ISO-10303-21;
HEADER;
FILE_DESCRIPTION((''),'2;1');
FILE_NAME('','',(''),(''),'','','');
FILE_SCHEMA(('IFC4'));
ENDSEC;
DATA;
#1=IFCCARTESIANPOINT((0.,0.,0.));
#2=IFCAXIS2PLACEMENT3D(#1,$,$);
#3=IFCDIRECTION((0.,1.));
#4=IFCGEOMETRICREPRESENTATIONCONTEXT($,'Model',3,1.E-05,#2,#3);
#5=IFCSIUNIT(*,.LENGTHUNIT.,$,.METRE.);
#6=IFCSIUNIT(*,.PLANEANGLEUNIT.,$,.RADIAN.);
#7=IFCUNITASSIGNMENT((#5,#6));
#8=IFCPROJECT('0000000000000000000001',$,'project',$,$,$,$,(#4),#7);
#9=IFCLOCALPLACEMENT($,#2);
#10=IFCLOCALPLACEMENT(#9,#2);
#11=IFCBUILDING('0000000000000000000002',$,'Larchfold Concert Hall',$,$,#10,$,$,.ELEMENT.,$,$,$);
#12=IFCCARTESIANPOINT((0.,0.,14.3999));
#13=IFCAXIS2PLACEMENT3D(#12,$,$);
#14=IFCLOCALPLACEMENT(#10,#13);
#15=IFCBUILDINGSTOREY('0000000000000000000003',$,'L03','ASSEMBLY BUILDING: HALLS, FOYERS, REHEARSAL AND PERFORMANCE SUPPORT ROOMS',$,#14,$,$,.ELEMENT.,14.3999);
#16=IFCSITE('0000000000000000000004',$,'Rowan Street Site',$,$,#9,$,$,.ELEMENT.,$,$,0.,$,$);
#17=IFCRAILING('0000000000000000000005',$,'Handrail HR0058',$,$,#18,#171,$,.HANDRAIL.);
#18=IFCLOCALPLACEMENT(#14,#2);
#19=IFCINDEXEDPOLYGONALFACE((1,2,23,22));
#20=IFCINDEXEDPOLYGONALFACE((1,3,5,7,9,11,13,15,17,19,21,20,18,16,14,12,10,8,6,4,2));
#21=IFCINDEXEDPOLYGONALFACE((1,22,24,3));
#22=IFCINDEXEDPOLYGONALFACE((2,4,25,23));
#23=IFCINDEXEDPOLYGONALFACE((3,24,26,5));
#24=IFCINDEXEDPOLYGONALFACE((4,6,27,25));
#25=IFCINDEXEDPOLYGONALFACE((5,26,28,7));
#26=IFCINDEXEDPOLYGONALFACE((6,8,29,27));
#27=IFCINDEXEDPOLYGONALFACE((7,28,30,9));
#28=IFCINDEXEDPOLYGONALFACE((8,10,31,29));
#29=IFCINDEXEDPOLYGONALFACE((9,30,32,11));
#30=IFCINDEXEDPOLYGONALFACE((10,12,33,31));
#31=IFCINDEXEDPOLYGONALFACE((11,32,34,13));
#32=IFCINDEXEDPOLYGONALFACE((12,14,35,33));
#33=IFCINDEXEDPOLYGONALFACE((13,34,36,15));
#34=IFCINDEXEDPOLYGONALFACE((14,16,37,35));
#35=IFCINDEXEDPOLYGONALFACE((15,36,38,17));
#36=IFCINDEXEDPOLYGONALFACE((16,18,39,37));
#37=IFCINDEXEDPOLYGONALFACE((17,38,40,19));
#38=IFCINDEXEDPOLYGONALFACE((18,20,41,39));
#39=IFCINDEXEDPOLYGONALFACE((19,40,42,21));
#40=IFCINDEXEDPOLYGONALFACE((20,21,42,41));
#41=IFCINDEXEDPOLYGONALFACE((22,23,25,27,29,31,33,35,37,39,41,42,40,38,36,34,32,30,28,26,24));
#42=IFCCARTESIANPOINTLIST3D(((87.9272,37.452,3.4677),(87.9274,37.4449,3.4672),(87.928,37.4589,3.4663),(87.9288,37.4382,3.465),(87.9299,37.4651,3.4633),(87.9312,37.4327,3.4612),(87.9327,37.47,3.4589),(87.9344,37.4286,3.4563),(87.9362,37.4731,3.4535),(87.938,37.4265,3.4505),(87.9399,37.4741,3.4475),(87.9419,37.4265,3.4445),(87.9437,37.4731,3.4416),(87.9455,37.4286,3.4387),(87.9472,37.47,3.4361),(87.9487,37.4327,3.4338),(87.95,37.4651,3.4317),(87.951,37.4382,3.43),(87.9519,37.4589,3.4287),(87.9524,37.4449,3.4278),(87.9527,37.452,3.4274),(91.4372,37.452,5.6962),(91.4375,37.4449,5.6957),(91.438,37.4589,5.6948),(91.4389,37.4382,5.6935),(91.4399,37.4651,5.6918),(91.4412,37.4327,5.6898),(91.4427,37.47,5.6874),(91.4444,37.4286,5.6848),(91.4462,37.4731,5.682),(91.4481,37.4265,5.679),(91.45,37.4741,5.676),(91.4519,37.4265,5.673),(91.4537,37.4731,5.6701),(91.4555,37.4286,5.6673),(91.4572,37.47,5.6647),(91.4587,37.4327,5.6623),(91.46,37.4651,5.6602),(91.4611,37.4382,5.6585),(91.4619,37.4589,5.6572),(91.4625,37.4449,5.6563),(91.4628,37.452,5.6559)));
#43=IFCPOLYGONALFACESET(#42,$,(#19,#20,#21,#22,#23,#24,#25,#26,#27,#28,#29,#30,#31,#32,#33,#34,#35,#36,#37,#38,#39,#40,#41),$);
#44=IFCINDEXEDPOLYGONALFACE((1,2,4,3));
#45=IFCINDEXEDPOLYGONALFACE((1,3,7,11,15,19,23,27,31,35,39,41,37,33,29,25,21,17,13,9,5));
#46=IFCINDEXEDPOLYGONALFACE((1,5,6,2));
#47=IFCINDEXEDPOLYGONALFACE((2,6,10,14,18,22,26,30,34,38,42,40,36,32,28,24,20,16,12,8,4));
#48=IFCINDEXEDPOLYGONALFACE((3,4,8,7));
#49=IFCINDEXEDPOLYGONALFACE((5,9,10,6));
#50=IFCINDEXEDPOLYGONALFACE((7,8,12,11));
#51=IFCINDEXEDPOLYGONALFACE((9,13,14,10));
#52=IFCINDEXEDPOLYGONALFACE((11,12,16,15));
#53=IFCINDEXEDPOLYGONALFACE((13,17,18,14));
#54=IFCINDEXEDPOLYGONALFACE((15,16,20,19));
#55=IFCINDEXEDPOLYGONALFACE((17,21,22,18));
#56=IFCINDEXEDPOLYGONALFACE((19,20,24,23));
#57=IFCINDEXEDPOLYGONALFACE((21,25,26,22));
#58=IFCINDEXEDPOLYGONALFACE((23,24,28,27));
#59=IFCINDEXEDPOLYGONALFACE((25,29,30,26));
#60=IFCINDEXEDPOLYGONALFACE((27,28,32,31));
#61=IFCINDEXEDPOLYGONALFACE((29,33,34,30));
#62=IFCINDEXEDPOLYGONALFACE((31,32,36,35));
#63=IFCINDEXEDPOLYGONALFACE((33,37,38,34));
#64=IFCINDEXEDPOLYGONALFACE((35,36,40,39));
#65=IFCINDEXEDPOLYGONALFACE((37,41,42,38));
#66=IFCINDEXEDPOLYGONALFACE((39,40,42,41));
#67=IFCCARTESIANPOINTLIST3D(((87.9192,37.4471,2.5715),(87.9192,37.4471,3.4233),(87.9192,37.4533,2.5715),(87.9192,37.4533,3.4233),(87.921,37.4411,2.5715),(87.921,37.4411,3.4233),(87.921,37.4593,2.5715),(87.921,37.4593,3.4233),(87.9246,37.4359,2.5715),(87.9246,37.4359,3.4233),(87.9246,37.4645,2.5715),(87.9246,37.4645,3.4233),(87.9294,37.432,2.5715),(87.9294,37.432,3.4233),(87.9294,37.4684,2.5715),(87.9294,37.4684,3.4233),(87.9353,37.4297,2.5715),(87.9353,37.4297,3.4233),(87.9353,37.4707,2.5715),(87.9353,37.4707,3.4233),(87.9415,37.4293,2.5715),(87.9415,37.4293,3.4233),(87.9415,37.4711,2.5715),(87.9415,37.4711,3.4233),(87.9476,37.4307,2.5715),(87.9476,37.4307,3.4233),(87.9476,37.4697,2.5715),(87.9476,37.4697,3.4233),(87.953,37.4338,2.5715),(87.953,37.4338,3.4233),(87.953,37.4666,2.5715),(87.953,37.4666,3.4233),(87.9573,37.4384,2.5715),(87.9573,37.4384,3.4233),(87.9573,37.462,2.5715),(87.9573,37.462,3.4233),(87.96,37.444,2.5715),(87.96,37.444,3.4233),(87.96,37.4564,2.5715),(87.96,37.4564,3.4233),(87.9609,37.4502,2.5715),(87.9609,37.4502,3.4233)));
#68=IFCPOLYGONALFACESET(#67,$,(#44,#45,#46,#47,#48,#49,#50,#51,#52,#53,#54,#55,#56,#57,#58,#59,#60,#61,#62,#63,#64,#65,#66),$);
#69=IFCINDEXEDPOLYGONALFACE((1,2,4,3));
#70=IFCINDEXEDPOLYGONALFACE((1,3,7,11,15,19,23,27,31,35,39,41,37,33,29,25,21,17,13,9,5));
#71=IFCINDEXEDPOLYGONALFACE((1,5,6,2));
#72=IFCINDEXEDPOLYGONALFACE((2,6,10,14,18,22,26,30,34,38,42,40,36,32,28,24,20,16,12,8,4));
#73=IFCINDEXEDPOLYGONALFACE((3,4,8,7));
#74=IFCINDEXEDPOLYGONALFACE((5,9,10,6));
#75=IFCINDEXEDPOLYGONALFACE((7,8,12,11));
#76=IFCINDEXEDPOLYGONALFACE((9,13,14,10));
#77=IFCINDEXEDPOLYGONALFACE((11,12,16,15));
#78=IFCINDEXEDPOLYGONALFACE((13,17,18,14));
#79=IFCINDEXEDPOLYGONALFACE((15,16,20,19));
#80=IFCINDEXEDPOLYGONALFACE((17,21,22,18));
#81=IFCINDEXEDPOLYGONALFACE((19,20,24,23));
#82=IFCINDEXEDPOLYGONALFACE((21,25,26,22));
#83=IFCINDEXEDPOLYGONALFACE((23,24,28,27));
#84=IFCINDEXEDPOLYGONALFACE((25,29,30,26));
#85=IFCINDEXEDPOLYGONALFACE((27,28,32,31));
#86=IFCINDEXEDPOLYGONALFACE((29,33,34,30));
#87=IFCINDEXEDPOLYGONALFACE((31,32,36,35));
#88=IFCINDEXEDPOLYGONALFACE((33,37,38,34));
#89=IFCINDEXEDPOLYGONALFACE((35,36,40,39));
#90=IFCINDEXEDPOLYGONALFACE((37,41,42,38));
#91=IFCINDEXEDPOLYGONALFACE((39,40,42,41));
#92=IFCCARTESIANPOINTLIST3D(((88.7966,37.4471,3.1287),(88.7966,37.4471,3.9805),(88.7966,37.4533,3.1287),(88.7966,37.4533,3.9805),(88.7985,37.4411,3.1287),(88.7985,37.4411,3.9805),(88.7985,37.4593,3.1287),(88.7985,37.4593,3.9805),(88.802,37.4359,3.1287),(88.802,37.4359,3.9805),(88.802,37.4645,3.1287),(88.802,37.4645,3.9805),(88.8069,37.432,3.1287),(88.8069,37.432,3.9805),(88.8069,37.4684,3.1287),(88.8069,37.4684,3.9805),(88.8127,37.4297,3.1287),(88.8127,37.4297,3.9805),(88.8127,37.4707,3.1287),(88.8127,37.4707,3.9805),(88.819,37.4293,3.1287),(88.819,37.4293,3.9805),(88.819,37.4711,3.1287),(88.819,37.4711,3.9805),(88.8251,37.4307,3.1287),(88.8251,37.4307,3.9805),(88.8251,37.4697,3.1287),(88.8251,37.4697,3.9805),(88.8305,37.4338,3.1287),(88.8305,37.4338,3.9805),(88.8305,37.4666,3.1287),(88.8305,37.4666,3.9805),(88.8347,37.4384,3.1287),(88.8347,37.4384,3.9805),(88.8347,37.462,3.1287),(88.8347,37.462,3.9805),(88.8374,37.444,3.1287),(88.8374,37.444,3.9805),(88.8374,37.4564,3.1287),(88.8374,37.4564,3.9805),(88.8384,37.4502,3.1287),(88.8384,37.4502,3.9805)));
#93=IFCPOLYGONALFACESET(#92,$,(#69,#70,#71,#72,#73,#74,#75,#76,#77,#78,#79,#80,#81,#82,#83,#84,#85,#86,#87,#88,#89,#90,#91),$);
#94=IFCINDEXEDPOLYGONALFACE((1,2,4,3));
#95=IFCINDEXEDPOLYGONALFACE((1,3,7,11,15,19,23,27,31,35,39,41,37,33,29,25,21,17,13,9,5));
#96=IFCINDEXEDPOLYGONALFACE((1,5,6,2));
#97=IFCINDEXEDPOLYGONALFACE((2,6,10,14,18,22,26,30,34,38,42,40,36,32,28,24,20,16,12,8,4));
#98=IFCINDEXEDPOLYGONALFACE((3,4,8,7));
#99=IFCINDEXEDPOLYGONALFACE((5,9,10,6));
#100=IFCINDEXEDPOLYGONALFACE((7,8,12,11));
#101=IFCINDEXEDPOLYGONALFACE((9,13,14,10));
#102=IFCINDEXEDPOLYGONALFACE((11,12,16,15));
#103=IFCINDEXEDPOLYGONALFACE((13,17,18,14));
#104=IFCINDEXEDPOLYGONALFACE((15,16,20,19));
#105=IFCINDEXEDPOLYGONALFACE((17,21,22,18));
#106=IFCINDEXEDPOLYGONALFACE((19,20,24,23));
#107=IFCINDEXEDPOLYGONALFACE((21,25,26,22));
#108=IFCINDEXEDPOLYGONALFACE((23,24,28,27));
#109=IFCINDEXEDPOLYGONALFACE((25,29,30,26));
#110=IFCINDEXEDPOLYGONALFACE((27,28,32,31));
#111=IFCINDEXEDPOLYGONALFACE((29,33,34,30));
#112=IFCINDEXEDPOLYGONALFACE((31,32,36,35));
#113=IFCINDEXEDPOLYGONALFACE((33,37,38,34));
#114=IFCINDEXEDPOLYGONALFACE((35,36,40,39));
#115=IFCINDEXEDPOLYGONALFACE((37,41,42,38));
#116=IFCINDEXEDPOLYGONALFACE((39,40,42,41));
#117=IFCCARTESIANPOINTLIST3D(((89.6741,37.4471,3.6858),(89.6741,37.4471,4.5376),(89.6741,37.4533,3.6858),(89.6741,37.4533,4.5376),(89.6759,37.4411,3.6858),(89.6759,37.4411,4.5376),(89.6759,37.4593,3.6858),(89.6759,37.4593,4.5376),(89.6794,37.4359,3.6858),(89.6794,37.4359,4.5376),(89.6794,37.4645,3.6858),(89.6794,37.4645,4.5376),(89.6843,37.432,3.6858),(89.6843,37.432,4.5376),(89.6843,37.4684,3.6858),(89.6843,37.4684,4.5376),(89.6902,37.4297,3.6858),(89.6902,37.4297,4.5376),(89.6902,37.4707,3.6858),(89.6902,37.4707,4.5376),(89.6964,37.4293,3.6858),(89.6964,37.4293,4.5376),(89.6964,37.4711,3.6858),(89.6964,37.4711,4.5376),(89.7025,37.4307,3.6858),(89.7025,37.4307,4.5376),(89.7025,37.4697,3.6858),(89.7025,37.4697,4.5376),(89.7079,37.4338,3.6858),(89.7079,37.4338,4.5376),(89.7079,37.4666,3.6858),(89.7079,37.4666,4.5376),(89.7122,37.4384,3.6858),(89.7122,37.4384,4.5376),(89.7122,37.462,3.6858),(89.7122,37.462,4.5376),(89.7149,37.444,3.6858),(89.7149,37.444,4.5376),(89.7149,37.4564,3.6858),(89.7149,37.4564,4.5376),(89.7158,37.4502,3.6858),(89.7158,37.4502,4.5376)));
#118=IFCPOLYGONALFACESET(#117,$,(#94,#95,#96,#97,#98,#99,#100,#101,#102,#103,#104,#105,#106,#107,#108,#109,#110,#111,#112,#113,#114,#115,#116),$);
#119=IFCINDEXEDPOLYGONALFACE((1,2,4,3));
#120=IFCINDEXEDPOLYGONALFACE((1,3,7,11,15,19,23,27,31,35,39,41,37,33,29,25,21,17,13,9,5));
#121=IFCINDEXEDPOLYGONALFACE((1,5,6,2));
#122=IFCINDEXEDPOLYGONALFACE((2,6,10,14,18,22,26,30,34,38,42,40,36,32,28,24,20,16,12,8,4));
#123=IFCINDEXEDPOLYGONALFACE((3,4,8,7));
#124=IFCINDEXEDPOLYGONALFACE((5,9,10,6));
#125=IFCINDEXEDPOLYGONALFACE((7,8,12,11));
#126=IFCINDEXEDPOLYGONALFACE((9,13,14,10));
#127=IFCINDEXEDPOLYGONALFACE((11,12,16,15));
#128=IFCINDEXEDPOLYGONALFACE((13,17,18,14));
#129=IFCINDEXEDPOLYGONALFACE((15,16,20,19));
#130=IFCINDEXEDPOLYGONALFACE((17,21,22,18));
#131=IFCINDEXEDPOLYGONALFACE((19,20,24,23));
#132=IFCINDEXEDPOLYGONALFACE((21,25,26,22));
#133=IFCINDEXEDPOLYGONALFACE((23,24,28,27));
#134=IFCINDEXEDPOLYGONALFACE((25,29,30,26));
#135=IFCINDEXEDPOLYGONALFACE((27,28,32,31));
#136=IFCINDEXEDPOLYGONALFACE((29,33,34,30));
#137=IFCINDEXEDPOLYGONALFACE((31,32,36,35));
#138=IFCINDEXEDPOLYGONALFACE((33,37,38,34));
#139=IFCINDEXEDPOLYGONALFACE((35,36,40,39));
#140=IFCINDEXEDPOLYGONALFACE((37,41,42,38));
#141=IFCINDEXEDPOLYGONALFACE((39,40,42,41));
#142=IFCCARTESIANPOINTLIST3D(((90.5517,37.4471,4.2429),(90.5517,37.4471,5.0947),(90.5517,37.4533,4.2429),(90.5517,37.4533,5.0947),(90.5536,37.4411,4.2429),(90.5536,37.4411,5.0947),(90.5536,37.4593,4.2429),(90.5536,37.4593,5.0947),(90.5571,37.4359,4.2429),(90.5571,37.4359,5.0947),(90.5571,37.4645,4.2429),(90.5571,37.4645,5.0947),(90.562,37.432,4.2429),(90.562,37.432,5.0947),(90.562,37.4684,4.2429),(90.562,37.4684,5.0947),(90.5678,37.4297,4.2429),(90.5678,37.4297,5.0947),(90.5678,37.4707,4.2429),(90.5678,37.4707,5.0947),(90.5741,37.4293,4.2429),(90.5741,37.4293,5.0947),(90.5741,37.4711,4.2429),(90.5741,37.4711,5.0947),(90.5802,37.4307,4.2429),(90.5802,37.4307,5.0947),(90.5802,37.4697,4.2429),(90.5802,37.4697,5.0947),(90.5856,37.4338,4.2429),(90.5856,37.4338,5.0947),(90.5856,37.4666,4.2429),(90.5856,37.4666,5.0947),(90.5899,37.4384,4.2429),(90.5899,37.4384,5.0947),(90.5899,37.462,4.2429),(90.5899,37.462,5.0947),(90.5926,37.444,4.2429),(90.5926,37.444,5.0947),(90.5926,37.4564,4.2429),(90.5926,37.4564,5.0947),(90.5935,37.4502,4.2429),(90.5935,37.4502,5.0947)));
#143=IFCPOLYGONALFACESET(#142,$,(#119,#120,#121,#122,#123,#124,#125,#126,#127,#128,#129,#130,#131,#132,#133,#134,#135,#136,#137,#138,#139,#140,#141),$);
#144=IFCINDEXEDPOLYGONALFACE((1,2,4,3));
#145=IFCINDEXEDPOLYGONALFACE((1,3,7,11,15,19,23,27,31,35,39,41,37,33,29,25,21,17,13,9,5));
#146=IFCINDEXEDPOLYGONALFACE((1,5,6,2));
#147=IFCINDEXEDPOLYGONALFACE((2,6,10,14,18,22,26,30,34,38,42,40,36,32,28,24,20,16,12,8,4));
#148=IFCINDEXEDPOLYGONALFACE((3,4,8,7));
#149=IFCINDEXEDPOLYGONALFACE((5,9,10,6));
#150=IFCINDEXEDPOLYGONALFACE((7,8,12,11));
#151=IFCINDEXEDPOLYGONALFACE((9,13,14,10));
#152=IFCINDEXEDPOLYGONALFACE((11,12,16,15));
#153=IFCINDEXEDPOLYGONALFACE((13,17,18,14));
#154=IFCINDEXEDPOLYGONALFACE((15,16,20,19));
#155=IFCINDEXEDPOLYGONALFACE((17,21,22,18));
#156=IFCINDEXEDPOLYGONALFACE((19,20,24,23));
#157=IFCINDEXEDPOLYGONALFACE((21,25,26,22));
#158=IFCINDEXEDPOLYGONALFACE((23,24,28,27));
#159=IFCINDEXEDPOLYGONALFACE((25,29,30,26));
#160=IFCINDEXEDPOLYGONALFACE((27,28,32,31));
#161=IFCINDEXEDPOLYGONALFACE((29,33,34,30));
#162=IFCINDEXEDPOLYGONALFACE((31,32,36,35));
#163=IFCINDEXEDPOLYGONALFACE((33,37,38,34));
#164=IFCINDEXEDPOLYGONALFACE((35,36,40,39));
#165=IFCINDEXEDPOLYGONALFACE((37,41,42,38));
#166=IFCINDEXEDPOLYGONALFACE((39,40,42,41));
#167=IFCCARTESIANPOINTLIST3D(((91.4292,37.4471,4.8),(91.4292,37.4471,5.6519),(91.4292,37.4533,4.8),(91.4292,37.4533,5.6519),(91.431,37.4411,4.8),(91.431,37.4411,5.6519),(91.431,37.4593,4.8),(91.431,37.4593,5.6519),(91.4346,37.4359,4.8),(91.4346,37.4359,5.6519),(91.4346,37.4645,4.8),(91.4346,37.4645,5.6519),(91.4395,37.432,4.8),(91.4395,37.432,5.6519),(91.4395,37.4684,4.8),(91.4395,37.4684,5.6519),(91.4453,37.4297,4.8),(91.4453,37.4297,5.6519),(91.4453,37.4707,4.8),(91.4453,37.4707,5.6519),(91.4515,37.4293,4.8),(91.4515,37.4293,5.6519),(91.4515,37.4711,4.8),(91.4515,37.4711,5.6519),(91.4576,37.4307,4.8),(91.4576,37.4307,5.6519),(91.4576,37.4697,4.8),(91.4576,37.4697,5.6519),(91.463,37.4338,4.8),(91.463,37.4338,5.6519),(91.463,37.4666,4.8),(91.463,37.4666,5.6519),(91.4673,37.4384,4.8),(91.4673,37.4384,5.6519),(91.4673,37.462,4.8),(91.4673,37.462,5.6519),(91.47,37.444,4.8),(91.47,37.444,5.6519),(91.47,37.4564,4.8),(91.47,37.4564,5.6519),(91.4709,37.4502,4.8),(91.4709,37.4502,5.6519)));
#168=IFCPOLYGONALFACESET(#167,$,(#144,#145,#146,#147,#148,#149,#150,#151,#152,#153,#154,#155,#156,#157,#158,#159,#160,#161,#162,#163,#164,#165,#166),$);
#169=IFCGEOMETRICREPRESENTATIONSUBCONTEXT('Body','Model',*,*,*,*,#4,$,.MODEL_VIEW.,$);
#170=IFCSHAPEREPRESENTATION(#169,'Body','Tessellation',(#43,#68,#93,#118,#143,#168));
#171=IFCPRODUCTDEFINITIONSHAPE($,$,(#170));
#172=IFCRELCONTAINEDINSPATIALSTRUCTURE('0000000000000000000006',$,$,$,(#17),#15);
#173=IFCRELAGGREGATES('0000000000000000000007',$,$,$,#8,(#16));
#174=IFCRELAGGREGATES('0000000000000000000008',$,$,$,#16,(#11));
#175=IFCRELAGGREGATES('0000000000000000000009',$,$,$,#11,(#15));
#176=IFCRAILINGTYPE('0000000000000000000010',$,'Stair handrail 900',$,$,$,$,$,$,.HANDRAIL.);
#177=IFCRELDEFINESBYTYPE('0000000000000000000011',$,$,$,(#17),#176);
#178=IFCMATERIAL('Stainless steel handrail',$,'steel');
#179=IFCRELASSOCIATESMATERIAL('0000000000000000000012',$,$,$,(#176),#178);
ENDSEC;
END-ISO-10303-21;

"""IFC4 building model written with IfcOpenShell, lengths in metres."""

from ifc_helpers import new_model, si_unit, direction, frame, origin, origin_2d, place, context, subcontext, project, spatial, circle, extrude, material, type_object, element, save


model = new_model("IFC4")

# Units and contexts
model_context = context("Model", 3, precision=1e-05, world=origin(), true_north=direction((0.0, 1.0)))
body_context = subcontext(model_context, "Body", "Model", "MODEL_VIEW")
ifc_project = project(units=[si_unit("LENGTHUNIT", "METRE"), si_unit("PLANEANGLEUNIT", "RADIAN")], contexts=[model_context])

# Site, building, storey
site_placement = place(None, origin())
site = spatial("IfcSite", under=ifc_project, at=site_placement, Name="Rowan Street Site", CompositionType="ELEMENT", RefElevation=0.0)
building_placement = place(site_placement, origin())
building = spatial("IfcBuilding", under=site, at=building_placement, Name="Larchfold Concert Hall", CompositionType="ELEMENT")
storey_placement = place(building_placement, frame((0.0, 0.0, 14.3999)))
storey = spatial("IfcBuildingStorey", under=building, at=storey_placement, Name="L03", Description="ASSEMBLY BUILDING: HALLS, FOYERS, REHEARSAL AND PERFORMANCE SUPPORT ROOMS", CompositionType="ELEMENT", Elevation=14.3999)

# Railing
ifc_material_1 = material(Name="Stainless steel handrail", Category="steel")
railing_type_1 = type_object("IfcRailingType", Name="Stair handrail 900", PredefinedType="HANDRAIL", material=ifc_material_1)
railing_1_placement = place(storey_placement, frame((87.9399, 37.4502, 2.5715)))
element("IfcRailing", 1, at=railing_1_placement, inside=storey, type_object=railing_type_1, Name="Handrail HR0058", PredefinedType="HANDRAIL", context=body_context, shape_type="SweptSolid", body=[
    extrude(circle(Radius=0.0239, at=origin_2d()), frame((0.0, 0.0, 0.876), z_axis=(0.84422, 0.0, 0.535998), x_axis=(0.0, 1.0, 0.0)), (0.0, 0.0, 1.0), 4.1577),
    extrude(circle(Radius=0.021, at=origin_2d()), origin(), (0.0, 0.0, 1.0), 0.8518),
    extrude(circle(Radius=0.021, at=origin_2d()), frame((0.8774, 0.0, 0.5571)), (0.0, 0.0, 1.0), 0.8518),
    extrude(circle(Radius=0.021, at=origin_2d()), frame((1.7549, 0.0, 1.1143)), (0.0, 0.0, 1.0), 0.8518),
    extrude(circle(Radius=0.021, at=origin_2d()), frame((2.6326, 0.0, 1.6714)), (0.0, 0.0, 1.0), 0.8518),
    extrude(circle(Radius=0.021, at=origin_2d()), frame((3.51, 0.0, 2.2285)), (0.0, 0.0, 1.0), 0.8518),
])

save(model, "model.ifc")
